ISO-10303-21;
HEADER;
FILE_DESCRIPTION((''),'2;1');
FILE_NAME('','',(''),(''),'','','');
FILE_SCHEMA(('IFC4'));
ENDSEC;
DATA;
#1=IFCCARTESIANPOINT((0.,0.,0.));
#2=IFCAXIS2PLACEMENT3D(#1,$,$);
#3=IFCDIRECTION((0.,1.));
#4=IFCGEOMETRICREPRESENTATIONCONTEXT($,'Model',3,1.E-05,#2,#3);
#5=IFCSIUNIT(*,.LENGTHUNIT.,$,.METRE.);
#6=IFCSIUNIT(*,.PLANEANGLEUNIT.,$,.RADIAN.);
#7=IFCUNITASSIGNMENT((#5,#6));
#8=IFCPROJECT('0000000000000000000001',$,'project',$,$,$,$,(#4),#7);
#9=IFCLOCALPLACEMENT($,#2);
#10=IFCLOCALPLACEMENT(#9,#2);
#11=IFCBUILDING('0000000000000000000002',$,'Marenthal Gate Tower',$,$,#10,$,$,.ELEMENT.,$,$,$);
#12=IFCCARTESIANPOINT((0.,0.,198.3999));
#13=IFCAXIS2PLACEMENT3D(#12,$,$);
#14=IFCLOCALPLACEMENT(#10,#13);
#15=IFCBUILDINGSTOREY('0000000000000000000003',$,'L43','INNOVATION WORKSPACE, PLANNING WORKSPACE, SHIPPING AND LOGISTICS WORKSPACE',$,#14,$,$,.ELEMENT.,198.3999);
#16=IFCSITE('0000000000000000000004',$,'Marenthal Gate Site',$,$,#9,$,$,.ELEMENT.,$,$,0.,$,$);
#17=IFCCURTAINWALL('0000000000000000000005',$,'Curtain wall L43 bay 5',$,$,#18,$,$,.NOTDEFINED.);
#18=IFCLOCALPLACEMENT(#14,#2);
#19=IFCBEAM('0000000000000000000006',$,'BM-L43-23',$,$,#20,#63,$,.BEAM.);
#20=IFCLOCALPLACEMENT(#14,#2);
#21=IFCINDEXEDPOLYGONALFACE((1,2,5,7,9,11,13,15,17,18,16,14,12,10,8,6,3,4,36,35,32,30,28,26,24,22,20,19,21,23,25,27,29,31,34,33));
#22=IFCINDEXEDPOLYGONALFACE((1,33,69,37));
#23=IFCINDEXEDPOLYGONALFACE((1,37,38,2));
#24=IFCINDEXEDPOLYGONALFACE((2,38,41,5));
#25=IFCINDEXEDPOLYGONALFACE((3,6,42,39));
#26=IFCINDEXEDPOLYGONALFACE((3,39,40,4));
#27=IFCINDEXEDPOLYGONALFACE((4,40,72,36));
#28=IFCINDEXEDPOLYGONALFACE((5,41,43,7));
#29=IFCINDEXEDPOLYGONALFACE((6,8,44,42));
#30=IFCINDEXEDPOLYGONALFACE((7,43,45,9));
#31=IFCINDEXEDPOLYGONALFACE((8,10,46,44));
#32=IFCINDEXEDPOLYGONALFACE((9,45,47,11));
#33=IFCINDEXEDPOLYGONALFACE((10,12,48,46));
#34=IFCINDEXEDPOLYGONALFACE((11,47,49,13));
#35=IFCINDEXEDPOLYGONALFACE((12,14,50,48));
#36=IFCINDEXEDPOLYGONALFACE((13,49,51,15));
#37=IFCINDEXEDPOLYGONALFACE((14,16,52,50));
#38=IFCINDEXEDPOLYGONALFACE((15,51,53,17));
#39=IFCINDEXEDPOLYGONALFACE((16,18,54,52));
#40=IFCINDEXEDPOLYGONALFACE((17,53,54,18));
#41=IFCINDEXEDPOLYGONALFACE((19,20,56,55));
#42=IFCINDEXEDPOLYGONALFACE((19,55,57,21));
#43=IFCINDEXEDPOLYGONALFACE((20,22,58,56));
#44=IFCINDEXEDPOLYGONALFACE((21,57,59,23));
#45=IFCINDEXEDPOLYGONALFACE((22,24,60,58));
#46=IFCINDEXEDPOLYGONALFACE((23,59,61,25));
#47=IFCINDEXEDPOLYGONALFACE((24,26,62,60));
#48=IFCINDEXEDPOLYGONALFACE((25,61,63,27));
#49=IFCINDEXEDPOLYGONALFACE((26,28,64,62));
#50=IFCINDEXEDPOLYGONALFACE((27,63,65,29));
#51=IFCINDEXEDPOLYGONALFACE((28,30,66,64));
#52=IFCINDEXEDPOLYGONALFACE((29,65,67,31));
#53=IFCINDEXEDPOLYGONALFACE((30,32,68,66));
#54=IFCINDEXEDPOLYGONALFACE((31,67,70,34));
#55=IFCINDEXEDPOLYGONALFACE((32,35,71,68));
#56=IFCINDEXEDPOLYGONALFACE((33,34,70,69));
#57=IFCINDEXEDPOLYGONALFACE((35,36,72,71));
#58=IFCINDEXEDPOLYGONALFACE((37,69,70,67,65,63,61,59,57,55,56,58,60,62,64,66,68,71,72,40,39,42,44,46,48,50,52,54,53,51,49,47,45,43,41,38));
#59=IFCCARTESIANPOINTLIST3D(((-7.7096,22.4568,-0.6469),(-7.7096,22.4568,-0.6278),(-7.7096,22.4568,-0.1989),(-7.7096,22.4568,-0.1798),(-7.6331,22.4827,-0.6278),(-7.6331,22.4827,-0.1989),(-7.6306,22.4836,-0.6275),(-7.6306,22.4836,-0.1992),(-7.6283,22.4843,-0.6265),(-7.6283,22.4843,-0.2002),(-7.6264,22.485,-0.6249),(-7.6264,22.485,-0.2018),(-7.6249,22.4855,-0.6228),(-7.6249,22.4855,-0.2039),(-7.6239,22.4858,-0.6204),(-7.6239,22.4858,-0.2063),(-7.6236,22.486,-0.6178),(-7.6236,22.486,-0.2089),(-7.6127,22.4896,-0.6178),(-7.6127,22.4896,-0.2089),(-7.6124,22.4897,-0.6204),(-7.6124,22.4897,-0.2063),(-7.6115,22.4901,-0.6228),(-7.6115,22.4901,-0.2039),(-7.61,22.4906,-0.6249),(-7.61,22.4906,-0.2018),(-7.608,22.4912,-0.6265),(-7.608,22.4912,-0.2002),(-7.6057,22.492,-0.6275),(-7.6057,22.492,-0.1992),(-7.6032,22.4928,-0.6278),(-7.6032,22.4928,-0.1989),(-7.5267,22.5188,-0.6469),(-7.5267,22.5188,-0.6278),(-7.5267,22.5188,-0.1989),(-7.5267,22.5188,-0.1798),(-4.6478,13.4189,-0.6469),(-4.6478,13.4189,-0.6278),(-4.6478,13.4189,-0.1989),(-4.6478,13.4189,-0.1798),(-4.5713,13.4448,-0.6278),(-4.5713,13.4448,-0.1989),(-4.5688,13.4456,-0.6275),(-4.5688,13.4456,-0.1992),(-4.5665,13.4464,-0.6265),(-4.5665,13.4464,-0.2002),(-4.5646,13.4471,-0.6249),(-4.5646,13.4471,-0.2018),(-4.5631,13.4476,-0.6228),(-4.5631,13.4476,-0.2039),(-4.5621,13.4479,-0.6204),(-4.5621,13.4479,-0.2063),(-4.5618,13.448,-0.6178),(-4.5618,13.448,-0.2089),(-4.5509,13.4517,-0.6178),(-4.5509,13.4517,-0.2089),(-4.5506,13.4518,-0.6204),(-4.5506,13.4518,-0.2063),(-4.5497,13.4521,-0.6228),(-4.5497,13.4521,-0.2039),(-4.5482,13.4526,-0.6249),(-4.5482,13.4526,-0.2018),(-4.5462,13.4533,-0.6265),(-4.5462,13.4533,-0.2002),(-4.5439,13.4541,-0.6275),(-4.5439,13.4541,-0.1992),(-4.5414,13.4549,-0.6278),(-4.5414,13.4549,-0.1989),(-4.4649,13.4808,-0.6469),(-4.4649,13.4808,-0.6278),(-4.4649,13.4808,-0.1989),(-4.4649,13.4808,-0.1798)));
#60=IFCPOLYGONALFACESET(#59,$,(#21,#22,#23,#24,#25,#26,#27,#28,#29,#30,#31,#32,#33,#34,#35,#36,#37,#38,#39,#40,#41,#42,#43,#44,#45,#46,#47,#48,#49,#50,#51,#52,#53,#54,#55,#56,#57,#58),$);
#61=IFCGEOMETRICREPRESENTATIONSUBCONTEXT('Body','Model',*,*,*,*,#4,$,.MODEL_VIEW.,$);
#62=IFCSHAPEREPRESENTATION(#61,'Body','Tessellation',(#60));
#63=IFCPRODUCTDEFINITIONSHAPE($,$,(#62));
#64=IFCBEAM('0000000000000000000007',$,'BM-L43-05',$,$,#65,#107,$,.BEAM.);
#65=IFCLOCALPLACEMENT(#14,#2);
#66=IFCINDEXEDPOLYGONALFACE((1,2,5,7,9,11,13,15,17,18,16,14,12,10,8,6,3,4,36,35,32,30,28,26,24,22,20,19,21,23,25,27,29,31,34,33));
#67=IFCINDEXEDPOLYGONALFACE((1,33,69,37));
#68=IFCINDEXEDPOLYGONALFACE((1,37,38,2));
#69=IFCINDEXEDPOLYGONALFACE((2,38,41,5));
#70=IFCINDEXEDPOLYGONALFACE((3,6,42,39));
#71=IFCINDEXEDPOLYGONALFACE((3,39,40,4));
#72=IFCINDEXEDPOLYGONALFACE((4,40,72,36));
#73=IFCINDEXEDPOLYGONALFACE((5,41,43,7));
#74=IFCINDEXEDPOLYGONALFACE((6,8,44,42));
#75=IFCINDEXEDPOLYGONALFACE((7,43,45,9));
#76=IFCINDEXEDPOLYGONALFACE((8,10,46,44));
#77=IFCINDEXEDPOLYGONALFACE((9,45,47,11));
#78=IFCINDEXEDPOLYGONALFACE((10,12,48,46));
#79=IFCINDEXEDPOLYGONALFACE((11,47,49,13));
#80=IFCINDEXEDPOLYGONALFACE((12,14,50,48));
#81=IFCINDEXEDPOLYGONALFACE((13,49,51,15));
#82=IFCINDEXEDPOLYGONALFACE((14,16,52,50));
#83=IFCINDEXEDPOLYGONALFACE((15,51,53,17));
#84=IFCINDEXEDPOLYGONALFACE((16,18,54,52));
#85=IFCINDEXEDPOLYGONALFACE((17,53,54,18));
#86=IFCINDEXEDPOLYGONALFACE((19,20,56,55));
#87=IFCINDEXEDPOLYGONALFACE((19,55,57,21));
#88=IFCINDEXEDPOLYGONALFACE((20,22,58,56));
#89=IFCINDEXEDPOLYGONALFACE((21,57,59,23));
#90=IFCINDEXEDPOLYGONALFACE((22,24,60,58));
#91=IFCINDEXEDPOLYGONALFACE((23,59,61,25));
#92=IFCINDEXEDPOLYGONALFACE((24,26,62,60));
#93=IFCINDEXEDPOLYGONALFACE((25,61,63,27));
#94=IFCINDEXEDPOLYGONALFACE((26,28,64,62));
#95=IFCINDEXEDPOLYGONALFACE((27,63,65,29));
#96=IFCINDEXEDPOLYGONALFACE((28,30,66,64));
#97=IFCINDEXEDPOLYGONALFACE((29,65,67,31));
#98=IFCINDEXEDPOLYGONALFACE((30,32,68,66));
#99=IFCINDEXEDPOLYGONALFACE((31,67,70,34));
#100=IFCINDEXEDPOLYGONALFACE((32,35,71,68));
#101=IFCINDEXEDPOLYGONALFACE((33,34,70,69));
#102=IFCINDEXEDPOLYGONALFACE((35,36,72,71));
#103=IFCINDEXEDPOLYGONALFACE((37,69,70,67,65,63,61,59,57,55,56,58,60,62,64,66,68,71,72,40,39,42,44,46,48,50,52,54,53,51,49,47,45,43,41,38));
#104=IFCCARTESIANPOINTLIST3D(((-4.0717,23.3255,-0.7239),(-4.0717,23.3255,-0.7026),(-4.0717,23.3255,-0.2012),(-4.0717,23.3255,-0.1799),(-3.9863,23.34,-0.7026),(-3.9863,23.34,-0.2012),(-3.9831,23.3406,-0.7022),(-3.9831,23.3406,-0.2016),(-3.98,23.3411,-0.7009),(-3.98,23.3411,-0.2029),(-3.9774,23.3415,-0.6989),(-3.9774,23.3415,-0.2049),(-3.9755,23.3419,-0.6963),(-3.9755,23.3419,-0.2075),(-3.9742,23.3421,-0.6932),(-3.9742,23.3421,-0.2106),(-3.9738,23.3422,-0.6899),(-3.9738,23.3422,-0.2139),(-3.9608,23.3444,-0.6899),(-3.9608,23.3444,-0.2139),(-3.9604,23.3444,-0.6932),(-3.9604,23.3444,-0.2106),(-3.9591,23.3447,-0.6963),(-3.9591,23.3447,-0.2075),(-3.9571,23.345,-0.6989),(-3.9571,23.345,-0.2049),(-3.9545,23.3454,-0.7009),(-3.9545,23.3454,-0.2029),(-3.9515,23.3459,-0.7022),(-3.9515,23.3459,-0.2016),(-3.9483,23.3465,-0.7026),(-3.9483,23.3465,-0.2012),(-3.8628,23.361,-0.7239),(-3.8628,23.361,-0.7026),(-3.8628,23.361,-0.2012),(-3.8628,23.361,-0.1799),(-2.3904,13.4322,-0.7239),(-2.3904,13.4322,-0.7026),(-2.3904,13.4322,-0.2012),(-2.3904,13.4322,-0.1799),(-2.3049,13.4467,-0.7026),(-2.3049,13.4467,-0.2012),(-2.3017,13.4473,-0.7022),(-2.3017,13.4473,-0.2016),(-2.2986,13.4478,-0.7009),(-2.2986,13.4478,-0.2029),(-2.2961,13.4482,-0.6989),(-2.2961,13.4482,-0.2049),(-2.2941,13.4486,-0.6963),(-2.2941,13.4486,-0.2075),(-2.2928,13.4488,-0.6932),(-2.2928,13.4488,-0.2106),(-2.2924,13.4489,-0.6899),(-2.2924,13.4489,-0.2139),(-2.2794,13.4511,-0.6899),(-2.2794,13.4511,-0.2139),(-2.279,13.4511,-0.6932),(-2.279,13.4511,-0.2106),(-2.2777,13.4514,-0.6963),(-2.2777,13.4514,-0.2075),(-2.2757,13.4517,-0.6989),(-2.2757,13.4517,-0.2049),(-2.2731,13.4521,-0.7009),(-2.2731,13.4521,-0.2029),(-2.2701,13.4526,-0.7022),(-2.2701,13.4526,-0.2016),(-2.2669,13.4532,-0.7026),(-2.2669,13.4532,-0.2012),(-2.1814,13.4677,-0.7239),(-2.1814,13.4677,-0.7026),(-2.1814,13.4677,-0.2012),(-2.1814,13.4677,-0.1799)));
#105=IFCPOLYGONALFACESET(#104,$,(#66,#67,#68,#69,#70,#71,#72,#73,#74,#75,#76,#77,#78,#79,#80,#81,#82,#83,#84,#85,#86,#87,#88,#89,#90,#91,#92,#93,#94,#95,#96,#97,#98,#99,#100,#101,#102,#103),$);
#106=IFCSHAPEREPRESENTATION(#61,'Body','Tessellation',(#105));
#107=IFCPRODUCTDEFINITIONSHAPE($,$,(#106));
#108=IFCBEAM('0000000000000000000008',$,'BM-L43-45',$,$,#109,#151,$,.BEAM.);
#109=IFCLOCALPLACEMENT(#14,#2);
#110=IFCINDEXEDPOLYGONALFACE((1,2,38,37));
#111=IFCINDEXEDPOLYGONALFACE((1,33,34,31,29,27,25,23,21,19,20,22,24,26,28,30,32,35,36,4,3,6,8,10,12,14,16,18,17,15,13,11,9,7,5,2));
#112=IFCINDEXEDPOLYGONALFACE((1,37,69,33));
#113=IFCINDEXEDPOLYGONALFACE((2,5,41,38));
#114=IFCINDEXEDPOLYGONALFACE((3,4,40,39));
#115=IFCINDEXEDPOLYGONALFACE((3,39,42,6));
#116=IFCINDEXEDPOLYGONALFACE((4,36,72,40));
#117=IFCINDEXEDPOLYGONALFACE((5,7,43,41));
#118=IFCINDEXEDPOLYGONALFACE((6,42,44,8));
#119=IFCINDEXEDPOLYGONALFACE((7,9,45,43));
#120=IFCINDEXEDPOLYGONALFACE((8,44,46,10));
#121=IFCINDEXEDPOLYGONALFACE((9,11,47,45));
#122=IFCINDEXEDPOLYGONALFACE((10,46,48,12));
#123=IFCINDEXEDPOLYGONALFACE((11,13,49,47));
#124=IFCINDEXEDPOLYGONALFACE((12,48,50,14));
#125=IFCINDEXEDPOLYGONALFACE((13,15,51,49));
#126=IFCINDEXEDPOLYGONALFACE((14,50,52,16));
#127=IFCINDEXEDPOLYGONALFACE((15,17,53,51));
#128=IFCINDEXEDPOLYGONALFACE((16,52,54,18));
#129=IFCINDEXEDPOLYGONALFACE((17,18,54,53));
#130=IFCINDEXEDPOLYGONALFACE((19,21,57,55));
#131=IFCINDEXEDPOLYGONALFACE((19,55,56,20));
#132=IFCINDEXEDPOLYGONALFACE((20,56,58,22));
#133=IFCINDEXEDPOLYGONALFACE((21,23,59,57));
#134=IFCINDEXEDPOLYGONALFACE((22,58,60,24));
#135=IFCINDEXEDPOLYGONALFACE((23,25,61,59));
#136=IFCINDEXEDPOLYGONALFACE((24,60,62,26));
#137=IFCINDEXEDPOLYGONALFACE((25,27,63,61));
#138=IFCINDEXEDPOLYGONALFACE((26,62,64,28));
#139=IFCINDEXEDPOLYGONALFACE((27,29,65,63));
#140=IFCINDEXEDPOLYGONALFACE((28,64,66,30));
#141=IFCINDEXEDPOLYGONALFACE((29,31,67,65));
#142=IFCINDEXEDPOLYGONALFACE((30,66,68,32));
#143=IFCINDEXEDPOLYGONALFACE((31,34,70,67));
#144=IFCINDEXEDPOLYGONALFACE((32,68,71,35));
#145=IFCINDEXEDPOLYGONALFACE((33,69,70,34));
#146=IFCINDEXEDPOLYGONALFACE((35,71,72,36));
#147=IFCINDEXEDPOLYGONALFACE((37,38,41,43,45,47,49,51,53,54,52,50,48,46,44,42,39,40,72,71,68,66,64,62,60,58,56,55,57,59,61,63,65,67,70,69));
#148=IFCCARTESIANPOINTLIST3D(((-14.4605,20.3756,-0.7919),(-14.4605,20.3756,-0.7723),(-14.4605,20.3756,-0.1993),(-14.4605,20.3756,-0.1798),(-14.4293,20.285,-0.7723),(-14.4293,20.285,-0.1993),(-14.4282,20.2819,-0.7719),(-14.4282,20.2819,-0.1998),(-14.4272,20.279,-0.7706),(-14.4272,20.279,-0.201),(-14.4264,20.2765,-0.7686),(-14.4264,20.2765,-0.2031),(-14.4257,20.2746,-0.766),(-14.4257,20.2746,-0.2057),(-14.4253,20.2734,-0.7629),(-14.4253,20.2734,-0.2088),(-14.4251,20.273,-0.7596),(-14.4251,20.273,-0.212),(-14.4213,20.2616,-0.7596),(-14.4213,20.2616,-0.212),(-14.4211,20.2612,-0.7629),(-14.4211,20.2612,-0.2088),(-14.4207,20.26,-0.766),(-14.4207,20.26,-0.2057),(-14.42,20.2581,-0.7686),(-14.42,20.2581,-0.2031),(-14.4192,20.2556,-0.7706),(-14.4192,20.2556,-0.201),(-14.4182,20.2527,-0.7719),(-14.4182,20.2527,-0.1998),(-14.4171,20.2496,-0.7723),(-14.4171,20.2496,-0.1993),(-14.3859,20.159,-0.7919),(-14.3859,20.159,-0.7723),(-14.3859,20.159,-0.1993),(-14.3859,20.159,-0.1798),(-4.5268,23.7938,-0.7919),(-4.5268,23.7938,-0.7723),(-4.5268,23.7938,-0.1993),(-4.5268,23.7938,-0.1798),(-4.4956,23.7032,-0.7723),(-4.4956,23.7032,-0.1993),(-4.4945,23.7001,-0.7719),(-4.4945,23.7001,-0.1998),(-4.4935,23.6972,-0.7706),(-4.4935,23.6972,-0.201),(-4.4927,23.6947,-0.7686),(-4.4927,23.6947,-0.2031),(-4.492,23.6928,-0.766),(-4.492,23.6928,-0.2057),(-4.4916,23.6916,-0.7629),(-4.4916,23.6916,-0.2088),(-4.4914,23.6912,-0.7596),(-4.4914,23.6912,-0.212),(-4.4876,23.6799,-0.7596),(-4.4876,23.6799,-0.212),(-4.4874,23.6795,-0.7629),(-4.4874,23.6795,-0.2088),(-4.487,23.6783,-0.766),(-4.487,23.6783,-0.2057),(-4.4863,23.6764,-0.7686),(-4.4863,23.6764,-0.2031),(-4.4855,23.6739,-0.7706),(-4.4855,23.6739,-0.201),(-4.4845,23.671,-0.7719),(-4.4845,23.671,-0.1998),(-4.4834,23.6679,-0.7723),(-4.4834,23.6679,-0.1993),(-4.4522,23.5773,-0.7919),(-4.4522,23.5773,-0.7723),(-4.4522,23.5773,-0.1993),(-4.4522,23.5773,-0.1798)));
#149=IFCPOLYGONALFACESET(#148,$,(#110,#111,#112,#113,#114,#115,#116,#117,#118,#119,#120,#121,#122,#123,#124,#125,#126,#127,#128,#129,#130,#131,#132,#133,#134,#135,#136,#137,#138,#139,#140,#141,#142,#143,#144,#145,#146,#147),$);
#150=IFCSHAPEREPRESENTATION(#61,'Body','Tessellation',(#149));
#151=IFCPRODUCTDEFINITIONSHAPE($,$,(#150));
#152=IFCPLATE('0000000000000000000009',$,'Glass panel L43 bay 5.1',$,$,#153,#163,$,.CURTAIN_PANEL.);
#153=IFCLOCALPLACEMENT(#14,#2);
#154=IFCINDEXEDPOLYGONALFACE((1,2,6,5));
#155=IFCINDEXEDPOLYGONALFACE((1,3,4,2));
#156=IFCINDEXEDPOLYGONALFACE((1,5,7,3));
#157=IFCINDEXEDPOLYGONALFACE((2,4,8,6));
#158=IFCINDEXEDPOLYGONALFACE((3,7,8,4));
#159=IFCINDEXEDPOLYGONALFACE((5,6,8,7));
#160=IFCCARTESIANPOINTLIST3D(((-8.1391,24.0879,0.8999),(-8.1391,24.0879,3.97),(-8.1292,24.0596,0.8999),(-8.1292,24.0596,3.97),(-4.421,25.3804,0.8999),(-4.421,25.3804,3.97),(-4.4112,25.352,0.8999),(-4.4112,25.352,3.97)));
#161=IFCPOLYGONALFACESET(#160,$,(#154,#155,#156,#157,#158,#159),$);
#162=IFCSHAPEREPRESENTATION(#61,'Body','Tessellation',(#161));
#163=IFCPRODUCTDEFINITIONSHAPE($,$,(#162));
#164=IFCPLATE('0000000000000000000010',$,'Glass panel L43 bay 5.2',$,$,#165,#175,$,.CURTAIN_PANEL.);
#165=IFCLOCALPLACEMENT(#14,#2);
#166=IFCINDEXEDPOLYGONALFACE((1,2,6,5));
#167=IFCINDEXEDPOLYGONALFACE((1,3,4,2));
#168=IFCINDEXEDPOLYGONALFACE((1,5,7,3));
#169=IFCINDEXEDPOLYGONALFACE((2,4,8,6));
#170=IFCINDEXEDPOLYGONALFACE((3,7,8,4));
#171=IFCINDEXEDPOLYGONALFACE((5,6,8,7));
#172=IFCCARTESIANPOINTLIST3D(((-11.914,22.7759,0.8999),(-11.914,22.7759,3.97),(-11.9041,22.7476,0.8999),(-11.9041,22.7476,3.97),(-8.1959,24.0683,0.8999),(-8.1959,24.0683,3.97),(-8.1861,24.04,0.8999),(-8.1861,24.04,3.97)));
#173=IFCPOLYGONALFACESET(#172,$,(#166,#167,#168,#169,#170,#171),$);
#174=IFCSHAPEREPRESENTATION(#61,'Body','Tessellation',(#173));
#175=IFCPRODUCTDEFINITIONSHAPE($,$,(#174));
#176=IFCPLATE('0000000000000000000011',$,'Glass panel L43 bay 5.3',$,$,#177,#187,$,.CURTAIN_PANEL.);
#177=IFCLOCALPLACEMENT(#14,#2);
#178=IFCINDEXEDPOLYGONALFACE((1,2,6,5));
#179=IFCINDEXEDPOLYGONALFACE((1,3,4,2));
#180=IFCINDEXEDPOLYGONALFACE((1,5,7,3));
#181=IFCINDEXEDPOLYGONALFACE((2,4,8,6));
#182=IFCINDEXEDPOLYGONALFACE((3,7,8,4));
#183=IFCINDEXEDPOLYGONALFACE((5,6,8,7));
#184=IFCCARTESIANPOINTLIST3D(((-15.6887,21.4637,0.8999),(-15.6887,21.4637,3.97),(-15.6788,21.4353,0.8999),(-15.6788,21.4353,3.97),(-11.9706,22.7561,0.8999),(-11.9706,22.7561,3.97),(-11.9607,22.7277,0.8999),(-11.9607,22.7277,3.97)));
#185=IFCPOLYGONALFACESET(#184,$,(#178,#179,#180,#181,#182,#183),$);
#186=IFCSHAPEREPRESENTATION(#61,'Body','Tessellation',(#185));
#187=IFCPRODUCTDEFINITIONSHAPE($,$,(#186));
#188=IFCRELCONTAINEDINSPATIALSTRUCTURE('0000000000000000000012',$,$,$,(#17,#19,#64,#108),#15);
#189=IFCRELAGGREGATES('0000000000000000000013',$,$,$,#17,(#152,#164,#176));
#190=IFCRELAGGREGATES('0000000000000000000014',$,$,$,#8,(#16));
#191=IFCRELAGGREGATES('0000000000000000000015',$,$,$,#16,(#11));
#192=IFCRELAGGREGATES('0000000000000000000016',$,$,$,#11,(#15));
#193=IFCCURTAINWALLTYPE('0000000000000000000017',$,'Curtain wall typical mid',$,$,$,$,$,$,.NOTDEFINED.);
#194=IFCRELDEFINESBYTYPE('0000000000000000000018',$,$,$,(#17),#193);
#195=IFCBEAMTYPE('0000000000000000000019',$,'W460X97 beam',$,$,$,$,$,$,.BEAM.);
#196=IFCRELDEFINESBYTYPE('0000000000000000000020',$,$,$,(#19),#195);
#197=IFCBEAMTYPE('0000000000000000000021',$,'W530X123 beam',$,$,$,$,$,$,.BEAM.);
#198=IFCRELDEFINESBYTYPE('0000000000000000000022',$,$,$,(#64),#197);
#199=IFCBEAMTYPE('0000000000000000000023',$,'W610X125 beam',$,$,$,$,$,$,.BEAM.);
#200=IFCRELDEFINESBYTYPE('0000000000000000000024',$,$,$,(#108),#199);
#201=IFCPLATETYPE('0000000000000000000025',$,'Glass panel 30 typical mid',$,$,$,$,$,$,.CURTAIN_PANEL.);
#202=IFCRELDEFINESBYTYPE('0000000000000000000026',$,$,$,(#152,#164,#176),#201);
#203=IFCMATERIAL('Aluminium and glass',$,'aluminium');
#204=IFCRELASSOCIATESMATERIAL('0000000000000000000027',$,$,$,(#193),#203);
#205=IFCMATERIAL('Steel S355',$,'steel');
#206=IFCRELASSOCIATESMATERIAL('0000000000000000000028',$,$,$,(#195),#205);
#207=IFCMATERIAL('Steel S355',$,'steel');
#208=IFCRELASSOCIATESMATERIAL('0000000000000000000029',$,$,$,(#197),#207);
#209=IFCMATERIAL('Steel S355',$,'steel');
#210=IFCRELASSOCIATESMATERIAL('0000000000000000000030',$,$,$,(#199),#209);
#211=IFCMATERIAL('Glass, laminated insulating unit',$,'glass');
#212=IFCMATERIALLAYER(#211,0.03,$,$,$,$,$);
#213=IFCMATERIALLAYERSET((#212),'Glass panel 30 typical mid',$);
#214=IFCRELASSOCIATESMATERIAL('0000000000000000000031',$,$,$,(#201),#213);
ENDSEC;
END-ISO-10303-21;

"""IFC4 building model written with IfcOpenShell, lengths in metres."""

from ifc_helpers import new_model, si_unit, direction, frame, origin, origin_2d, place, context, subcontext, project, spatial, rectangle, i_section, extrude, material, layer, layer_set, material_profile, profile_set, type_object, element, aggregate, save


model = new_model("IFC4")

# Units and contexts
model_context = context("Model", 3, precision=1e-05, world=origin(), true_north=direction((0.0, 1.0)))
body_context = subcontext(model_context, "Body", "Model", "MODEL_VIEW")
ifc_project = project(units=[si_unit("LENGTHUNIT", "METRE"), si_unit("PLANEANGLEUNIT", "RADIAN")], contexts=[model_context])

# Site, building, storey
site_placement = place(None, origin())
site = spatial("IfcSite", under=ifc_project, at=site_placement, Name="Marenthal Gate Site", CompositionType="ELEMENT", RefElevation=0.0)
building_placement = place(site_placement, origin())
building = spatial("IfcBuilding", under=site, at=building_placement, Name="Marenthal Gate Tower", CompositionType="ELEMENT")
storey_placement = place(building_placement, frame((0.0, 0.0, 198.3999)))
storey = spatial("IfcBuildingStorey", under=building, at=storey_placement, Name="L43", Description="INNOVATION WORKSPACE, PLANNING WORKSPACE, SHIPPING AND LOGISTICS WORKSPACE", CompositionType="ELEMENT", Elevation=198.3999)

# Curtain wall
ifc_material_1 = material(Name="Aluminium and glass", Category="aluminium")
curtain_wall_type = type_object("IfcCurtainWallType", Name="Curtain wall typical mid", PredefinedType="NOTDEFINED", material=ifc_material_1)
curtain_wall_placement = place(storey_placement, origin())
curtain_wall = element("IfcCurtainWall", 1, at=curtain_wall_placement, inside=storey, type_object=curtain_wall_type, Name="Curtain wall L43 bay 5", PredefinedType="NOTDEFINED")

# Beams
ifc_material_2 = material(Name="Steel S355", Category="steel")
ifc_material_profile_1 = material_profile(ifc_material_2, i_section(OverallWidth=0.1931, OverallDepth=0.467, WebThickness=0.0115, FlangeThickness=0.019, FilletRadius=0.01, at=origin_2d()), Name="W460X97")
ifc_profile_set_1 = profile_set([ifc_material_profile_1], Name="Steel S355")
beam_type_1 = type_object("IfcBeamType", Name="W460X97 beam", PredefinedType="BEAM", material=ifc_profile_set_1)
beam_1_placement = place(storey_placement, frame((-7.6182, 22.4878, -0.4133), z_axis=(0.32086, -0.947127, 0.0), x_axis=(0.947127, 0.32086, 0.0)))
element("IfcBeam", 2, at=beam_1_placement, inside=storey, type_object=beam_type_1, Name="BM-L43-23", PredefinedType="BEAM", context=body_context, shape_type="SweptSolid", body=[
    extrude(i_section(OverallWidth=0.1931, OverallDepth=0.467, WebThickness=0.0115, FlangeThickness=0.019, FilletRadius=0.01, at=origin_2d()), origin(), (0.0, 0.0, 1.0), 9.5425),
])
ifc_material_3 = material(Name="Steel S355", Category="steel")
ifc_material_profile_2 = material_profile(ifc_material_3, i_section(OverallWidth=0.2119, OverallDepth=0.5439, WebThickness=0.0132, FlangeThickness=0.0212, FilletRadius=0.0127, at=origin_2d()), Name="W530X123")
ifc_profile_set_2 = profile_set([ifc_material_profile_2], Name="Steel S355")
beam_type_2 = type_object("IfcBeamType", Name="W530X123 beam", PredefinedType="BEAM", material=ifc_profile_set_2)
beam_2_placement = place(storey_placement, frame((-3.9673, 23.3433, -0.4519), z_axis=(0.16755, -0.985864, 0.0), x_axis=(0.985864, 0.16755, 0.0)))
element("IfcBeam", 3, at=beam_2_placement, inside=storey, type_object=beam_type_2, Name="BM-L43-05", PredefinedType="BEAM", context=body_context, shape_type="SweptSolid", body=[
    extrude(i_section(OverallWidth=0.2119, OverallDepth=0.5439, WebThickness=0.0132, FlangeThickness=0.0212, FilletRadius=0.0127, at=origin_2d()), origin(), (0.0, 0.0, 1.0), 10.0352),
])
ifc_material_4 = material(Name="Steel S355", Category="steel")
ifc_material_profile_3 = material_profile(ifc_material_4, i_section(OverallWidth=0.229, OverallDepth=0.6121, WebThickness=0.012, FlangeThickness=0.0195, FilletRadius=0.0127, at=origin_2d()), Name="W610X125")
ifc_profile_set_3 = profile_set([ifc_material_profile_3], Name="Steel S355")
beam_type_3 = type_object("IfcBeamType", Name="W610X125 beam", PredefinedType="BEAM", material=ifc_profile_set_3)
beam_3_placement = place(storey_placement, frame((-4.4895, 23.6855, -0.4858), z_axis=(-0.945583, -0.325381, 0.0), x_axis=(0.325381, -0.945583, 0.0)))
element("IfcBeam", 4, at=beam_3_placement, inside=storey, type_object=beam_type_3, Name="BM-L43-45", PredefinedType="BEAM", context=body_context, shape_type="SweptSolid", body=[
    extrude(i_section(OverallWidth=0.229, OverallDepth=0.6121, WebThickness=0.012, FlangeThickness=0.0195, FilletRadius=0.0127, at=origin_2d()), origin(), (0.0, 0.0, 1.0), 10.5054),
])

# Plates
ifc_material_5 = material(Name="Glass, laminated insulating unit", Category="glass")
ifc_layer_1 = layer(ifc_material_5, 0.03)
ifc_layer_set_1 = layer_set([ifc_layer_1], Name="Glass panel 30 typical mid")
plate_type = type_object("IfcPlateType", Name="Glass panel 30 typical mid", PredefinedType="CURTAIN_PANEL", material=ifc_layer_set_1)
plate_1_placement = place(storey_placement, frame((-6.2751, 24.72, 0.8999), z_axis=(0.0, 0.0, 1.0), x_axis=(-0.944562, -0.328332, 0.0)))
plate_1 = element("IfcPlate", 5, at=plate_1_placement, type_object=plate_type, Name="Glass panel L43 bay 5.1", PredefinedType="CURTAIN_PANEL", context=body_context, shape_type="SweptSolid", body=[
    extrude(rectangle(XDim=3.9363, YDim=0.03, at=origin_2d()), origin(), (0.0, 0.0, 1.0), 3.0701),
])
plate_2_placement = place(storey_placement, frame((-10.05, 23.408, 0.8999), z_axis=(0.0, 0.0, 1.0), x_axis=(-0.944562, -0.328332, 0.0)))
plate_2 = element("IfcPlate", 6, at=plate_2_placement, type_object=plate_type, Name="Glass panel L43 bay 5.2", PredefinedType="CURTAIN_PANEL", context=body_context, shape_type="SweptSolid", body=[
    extrude(rectangle(XDim=3.9363, YDim=0.03, at=origin_2d()), origin(), (0.0, 0.0, 1.0), 3.0701),
])
plate_3_placement = place(storey_placement, frame((-13.8247, 22.0957, 0.8999), z_axis=(0.0, 0.0, 1.0), x_axis=(-0.944562, -0.328332, 0.0)))
plate_3 = element("IfcPlate", 7, at=plate_3_placement, type_object=plate_type, Name="Glass panel L43 bay 5.3", PredefinedType="CURTAIN_PANEL", context=body_context, shape_type="SweptSolid", body=[
    extrude(rectangle(XDim=3.9363, YDim=0.03, at=origin_2d()), origin(), (0.0, 0.0, 1.0), 3.0701),
])
aggregate(curtain_wall, [plate_1, plate_2, plate_3])

save(model, "model.ifc")
